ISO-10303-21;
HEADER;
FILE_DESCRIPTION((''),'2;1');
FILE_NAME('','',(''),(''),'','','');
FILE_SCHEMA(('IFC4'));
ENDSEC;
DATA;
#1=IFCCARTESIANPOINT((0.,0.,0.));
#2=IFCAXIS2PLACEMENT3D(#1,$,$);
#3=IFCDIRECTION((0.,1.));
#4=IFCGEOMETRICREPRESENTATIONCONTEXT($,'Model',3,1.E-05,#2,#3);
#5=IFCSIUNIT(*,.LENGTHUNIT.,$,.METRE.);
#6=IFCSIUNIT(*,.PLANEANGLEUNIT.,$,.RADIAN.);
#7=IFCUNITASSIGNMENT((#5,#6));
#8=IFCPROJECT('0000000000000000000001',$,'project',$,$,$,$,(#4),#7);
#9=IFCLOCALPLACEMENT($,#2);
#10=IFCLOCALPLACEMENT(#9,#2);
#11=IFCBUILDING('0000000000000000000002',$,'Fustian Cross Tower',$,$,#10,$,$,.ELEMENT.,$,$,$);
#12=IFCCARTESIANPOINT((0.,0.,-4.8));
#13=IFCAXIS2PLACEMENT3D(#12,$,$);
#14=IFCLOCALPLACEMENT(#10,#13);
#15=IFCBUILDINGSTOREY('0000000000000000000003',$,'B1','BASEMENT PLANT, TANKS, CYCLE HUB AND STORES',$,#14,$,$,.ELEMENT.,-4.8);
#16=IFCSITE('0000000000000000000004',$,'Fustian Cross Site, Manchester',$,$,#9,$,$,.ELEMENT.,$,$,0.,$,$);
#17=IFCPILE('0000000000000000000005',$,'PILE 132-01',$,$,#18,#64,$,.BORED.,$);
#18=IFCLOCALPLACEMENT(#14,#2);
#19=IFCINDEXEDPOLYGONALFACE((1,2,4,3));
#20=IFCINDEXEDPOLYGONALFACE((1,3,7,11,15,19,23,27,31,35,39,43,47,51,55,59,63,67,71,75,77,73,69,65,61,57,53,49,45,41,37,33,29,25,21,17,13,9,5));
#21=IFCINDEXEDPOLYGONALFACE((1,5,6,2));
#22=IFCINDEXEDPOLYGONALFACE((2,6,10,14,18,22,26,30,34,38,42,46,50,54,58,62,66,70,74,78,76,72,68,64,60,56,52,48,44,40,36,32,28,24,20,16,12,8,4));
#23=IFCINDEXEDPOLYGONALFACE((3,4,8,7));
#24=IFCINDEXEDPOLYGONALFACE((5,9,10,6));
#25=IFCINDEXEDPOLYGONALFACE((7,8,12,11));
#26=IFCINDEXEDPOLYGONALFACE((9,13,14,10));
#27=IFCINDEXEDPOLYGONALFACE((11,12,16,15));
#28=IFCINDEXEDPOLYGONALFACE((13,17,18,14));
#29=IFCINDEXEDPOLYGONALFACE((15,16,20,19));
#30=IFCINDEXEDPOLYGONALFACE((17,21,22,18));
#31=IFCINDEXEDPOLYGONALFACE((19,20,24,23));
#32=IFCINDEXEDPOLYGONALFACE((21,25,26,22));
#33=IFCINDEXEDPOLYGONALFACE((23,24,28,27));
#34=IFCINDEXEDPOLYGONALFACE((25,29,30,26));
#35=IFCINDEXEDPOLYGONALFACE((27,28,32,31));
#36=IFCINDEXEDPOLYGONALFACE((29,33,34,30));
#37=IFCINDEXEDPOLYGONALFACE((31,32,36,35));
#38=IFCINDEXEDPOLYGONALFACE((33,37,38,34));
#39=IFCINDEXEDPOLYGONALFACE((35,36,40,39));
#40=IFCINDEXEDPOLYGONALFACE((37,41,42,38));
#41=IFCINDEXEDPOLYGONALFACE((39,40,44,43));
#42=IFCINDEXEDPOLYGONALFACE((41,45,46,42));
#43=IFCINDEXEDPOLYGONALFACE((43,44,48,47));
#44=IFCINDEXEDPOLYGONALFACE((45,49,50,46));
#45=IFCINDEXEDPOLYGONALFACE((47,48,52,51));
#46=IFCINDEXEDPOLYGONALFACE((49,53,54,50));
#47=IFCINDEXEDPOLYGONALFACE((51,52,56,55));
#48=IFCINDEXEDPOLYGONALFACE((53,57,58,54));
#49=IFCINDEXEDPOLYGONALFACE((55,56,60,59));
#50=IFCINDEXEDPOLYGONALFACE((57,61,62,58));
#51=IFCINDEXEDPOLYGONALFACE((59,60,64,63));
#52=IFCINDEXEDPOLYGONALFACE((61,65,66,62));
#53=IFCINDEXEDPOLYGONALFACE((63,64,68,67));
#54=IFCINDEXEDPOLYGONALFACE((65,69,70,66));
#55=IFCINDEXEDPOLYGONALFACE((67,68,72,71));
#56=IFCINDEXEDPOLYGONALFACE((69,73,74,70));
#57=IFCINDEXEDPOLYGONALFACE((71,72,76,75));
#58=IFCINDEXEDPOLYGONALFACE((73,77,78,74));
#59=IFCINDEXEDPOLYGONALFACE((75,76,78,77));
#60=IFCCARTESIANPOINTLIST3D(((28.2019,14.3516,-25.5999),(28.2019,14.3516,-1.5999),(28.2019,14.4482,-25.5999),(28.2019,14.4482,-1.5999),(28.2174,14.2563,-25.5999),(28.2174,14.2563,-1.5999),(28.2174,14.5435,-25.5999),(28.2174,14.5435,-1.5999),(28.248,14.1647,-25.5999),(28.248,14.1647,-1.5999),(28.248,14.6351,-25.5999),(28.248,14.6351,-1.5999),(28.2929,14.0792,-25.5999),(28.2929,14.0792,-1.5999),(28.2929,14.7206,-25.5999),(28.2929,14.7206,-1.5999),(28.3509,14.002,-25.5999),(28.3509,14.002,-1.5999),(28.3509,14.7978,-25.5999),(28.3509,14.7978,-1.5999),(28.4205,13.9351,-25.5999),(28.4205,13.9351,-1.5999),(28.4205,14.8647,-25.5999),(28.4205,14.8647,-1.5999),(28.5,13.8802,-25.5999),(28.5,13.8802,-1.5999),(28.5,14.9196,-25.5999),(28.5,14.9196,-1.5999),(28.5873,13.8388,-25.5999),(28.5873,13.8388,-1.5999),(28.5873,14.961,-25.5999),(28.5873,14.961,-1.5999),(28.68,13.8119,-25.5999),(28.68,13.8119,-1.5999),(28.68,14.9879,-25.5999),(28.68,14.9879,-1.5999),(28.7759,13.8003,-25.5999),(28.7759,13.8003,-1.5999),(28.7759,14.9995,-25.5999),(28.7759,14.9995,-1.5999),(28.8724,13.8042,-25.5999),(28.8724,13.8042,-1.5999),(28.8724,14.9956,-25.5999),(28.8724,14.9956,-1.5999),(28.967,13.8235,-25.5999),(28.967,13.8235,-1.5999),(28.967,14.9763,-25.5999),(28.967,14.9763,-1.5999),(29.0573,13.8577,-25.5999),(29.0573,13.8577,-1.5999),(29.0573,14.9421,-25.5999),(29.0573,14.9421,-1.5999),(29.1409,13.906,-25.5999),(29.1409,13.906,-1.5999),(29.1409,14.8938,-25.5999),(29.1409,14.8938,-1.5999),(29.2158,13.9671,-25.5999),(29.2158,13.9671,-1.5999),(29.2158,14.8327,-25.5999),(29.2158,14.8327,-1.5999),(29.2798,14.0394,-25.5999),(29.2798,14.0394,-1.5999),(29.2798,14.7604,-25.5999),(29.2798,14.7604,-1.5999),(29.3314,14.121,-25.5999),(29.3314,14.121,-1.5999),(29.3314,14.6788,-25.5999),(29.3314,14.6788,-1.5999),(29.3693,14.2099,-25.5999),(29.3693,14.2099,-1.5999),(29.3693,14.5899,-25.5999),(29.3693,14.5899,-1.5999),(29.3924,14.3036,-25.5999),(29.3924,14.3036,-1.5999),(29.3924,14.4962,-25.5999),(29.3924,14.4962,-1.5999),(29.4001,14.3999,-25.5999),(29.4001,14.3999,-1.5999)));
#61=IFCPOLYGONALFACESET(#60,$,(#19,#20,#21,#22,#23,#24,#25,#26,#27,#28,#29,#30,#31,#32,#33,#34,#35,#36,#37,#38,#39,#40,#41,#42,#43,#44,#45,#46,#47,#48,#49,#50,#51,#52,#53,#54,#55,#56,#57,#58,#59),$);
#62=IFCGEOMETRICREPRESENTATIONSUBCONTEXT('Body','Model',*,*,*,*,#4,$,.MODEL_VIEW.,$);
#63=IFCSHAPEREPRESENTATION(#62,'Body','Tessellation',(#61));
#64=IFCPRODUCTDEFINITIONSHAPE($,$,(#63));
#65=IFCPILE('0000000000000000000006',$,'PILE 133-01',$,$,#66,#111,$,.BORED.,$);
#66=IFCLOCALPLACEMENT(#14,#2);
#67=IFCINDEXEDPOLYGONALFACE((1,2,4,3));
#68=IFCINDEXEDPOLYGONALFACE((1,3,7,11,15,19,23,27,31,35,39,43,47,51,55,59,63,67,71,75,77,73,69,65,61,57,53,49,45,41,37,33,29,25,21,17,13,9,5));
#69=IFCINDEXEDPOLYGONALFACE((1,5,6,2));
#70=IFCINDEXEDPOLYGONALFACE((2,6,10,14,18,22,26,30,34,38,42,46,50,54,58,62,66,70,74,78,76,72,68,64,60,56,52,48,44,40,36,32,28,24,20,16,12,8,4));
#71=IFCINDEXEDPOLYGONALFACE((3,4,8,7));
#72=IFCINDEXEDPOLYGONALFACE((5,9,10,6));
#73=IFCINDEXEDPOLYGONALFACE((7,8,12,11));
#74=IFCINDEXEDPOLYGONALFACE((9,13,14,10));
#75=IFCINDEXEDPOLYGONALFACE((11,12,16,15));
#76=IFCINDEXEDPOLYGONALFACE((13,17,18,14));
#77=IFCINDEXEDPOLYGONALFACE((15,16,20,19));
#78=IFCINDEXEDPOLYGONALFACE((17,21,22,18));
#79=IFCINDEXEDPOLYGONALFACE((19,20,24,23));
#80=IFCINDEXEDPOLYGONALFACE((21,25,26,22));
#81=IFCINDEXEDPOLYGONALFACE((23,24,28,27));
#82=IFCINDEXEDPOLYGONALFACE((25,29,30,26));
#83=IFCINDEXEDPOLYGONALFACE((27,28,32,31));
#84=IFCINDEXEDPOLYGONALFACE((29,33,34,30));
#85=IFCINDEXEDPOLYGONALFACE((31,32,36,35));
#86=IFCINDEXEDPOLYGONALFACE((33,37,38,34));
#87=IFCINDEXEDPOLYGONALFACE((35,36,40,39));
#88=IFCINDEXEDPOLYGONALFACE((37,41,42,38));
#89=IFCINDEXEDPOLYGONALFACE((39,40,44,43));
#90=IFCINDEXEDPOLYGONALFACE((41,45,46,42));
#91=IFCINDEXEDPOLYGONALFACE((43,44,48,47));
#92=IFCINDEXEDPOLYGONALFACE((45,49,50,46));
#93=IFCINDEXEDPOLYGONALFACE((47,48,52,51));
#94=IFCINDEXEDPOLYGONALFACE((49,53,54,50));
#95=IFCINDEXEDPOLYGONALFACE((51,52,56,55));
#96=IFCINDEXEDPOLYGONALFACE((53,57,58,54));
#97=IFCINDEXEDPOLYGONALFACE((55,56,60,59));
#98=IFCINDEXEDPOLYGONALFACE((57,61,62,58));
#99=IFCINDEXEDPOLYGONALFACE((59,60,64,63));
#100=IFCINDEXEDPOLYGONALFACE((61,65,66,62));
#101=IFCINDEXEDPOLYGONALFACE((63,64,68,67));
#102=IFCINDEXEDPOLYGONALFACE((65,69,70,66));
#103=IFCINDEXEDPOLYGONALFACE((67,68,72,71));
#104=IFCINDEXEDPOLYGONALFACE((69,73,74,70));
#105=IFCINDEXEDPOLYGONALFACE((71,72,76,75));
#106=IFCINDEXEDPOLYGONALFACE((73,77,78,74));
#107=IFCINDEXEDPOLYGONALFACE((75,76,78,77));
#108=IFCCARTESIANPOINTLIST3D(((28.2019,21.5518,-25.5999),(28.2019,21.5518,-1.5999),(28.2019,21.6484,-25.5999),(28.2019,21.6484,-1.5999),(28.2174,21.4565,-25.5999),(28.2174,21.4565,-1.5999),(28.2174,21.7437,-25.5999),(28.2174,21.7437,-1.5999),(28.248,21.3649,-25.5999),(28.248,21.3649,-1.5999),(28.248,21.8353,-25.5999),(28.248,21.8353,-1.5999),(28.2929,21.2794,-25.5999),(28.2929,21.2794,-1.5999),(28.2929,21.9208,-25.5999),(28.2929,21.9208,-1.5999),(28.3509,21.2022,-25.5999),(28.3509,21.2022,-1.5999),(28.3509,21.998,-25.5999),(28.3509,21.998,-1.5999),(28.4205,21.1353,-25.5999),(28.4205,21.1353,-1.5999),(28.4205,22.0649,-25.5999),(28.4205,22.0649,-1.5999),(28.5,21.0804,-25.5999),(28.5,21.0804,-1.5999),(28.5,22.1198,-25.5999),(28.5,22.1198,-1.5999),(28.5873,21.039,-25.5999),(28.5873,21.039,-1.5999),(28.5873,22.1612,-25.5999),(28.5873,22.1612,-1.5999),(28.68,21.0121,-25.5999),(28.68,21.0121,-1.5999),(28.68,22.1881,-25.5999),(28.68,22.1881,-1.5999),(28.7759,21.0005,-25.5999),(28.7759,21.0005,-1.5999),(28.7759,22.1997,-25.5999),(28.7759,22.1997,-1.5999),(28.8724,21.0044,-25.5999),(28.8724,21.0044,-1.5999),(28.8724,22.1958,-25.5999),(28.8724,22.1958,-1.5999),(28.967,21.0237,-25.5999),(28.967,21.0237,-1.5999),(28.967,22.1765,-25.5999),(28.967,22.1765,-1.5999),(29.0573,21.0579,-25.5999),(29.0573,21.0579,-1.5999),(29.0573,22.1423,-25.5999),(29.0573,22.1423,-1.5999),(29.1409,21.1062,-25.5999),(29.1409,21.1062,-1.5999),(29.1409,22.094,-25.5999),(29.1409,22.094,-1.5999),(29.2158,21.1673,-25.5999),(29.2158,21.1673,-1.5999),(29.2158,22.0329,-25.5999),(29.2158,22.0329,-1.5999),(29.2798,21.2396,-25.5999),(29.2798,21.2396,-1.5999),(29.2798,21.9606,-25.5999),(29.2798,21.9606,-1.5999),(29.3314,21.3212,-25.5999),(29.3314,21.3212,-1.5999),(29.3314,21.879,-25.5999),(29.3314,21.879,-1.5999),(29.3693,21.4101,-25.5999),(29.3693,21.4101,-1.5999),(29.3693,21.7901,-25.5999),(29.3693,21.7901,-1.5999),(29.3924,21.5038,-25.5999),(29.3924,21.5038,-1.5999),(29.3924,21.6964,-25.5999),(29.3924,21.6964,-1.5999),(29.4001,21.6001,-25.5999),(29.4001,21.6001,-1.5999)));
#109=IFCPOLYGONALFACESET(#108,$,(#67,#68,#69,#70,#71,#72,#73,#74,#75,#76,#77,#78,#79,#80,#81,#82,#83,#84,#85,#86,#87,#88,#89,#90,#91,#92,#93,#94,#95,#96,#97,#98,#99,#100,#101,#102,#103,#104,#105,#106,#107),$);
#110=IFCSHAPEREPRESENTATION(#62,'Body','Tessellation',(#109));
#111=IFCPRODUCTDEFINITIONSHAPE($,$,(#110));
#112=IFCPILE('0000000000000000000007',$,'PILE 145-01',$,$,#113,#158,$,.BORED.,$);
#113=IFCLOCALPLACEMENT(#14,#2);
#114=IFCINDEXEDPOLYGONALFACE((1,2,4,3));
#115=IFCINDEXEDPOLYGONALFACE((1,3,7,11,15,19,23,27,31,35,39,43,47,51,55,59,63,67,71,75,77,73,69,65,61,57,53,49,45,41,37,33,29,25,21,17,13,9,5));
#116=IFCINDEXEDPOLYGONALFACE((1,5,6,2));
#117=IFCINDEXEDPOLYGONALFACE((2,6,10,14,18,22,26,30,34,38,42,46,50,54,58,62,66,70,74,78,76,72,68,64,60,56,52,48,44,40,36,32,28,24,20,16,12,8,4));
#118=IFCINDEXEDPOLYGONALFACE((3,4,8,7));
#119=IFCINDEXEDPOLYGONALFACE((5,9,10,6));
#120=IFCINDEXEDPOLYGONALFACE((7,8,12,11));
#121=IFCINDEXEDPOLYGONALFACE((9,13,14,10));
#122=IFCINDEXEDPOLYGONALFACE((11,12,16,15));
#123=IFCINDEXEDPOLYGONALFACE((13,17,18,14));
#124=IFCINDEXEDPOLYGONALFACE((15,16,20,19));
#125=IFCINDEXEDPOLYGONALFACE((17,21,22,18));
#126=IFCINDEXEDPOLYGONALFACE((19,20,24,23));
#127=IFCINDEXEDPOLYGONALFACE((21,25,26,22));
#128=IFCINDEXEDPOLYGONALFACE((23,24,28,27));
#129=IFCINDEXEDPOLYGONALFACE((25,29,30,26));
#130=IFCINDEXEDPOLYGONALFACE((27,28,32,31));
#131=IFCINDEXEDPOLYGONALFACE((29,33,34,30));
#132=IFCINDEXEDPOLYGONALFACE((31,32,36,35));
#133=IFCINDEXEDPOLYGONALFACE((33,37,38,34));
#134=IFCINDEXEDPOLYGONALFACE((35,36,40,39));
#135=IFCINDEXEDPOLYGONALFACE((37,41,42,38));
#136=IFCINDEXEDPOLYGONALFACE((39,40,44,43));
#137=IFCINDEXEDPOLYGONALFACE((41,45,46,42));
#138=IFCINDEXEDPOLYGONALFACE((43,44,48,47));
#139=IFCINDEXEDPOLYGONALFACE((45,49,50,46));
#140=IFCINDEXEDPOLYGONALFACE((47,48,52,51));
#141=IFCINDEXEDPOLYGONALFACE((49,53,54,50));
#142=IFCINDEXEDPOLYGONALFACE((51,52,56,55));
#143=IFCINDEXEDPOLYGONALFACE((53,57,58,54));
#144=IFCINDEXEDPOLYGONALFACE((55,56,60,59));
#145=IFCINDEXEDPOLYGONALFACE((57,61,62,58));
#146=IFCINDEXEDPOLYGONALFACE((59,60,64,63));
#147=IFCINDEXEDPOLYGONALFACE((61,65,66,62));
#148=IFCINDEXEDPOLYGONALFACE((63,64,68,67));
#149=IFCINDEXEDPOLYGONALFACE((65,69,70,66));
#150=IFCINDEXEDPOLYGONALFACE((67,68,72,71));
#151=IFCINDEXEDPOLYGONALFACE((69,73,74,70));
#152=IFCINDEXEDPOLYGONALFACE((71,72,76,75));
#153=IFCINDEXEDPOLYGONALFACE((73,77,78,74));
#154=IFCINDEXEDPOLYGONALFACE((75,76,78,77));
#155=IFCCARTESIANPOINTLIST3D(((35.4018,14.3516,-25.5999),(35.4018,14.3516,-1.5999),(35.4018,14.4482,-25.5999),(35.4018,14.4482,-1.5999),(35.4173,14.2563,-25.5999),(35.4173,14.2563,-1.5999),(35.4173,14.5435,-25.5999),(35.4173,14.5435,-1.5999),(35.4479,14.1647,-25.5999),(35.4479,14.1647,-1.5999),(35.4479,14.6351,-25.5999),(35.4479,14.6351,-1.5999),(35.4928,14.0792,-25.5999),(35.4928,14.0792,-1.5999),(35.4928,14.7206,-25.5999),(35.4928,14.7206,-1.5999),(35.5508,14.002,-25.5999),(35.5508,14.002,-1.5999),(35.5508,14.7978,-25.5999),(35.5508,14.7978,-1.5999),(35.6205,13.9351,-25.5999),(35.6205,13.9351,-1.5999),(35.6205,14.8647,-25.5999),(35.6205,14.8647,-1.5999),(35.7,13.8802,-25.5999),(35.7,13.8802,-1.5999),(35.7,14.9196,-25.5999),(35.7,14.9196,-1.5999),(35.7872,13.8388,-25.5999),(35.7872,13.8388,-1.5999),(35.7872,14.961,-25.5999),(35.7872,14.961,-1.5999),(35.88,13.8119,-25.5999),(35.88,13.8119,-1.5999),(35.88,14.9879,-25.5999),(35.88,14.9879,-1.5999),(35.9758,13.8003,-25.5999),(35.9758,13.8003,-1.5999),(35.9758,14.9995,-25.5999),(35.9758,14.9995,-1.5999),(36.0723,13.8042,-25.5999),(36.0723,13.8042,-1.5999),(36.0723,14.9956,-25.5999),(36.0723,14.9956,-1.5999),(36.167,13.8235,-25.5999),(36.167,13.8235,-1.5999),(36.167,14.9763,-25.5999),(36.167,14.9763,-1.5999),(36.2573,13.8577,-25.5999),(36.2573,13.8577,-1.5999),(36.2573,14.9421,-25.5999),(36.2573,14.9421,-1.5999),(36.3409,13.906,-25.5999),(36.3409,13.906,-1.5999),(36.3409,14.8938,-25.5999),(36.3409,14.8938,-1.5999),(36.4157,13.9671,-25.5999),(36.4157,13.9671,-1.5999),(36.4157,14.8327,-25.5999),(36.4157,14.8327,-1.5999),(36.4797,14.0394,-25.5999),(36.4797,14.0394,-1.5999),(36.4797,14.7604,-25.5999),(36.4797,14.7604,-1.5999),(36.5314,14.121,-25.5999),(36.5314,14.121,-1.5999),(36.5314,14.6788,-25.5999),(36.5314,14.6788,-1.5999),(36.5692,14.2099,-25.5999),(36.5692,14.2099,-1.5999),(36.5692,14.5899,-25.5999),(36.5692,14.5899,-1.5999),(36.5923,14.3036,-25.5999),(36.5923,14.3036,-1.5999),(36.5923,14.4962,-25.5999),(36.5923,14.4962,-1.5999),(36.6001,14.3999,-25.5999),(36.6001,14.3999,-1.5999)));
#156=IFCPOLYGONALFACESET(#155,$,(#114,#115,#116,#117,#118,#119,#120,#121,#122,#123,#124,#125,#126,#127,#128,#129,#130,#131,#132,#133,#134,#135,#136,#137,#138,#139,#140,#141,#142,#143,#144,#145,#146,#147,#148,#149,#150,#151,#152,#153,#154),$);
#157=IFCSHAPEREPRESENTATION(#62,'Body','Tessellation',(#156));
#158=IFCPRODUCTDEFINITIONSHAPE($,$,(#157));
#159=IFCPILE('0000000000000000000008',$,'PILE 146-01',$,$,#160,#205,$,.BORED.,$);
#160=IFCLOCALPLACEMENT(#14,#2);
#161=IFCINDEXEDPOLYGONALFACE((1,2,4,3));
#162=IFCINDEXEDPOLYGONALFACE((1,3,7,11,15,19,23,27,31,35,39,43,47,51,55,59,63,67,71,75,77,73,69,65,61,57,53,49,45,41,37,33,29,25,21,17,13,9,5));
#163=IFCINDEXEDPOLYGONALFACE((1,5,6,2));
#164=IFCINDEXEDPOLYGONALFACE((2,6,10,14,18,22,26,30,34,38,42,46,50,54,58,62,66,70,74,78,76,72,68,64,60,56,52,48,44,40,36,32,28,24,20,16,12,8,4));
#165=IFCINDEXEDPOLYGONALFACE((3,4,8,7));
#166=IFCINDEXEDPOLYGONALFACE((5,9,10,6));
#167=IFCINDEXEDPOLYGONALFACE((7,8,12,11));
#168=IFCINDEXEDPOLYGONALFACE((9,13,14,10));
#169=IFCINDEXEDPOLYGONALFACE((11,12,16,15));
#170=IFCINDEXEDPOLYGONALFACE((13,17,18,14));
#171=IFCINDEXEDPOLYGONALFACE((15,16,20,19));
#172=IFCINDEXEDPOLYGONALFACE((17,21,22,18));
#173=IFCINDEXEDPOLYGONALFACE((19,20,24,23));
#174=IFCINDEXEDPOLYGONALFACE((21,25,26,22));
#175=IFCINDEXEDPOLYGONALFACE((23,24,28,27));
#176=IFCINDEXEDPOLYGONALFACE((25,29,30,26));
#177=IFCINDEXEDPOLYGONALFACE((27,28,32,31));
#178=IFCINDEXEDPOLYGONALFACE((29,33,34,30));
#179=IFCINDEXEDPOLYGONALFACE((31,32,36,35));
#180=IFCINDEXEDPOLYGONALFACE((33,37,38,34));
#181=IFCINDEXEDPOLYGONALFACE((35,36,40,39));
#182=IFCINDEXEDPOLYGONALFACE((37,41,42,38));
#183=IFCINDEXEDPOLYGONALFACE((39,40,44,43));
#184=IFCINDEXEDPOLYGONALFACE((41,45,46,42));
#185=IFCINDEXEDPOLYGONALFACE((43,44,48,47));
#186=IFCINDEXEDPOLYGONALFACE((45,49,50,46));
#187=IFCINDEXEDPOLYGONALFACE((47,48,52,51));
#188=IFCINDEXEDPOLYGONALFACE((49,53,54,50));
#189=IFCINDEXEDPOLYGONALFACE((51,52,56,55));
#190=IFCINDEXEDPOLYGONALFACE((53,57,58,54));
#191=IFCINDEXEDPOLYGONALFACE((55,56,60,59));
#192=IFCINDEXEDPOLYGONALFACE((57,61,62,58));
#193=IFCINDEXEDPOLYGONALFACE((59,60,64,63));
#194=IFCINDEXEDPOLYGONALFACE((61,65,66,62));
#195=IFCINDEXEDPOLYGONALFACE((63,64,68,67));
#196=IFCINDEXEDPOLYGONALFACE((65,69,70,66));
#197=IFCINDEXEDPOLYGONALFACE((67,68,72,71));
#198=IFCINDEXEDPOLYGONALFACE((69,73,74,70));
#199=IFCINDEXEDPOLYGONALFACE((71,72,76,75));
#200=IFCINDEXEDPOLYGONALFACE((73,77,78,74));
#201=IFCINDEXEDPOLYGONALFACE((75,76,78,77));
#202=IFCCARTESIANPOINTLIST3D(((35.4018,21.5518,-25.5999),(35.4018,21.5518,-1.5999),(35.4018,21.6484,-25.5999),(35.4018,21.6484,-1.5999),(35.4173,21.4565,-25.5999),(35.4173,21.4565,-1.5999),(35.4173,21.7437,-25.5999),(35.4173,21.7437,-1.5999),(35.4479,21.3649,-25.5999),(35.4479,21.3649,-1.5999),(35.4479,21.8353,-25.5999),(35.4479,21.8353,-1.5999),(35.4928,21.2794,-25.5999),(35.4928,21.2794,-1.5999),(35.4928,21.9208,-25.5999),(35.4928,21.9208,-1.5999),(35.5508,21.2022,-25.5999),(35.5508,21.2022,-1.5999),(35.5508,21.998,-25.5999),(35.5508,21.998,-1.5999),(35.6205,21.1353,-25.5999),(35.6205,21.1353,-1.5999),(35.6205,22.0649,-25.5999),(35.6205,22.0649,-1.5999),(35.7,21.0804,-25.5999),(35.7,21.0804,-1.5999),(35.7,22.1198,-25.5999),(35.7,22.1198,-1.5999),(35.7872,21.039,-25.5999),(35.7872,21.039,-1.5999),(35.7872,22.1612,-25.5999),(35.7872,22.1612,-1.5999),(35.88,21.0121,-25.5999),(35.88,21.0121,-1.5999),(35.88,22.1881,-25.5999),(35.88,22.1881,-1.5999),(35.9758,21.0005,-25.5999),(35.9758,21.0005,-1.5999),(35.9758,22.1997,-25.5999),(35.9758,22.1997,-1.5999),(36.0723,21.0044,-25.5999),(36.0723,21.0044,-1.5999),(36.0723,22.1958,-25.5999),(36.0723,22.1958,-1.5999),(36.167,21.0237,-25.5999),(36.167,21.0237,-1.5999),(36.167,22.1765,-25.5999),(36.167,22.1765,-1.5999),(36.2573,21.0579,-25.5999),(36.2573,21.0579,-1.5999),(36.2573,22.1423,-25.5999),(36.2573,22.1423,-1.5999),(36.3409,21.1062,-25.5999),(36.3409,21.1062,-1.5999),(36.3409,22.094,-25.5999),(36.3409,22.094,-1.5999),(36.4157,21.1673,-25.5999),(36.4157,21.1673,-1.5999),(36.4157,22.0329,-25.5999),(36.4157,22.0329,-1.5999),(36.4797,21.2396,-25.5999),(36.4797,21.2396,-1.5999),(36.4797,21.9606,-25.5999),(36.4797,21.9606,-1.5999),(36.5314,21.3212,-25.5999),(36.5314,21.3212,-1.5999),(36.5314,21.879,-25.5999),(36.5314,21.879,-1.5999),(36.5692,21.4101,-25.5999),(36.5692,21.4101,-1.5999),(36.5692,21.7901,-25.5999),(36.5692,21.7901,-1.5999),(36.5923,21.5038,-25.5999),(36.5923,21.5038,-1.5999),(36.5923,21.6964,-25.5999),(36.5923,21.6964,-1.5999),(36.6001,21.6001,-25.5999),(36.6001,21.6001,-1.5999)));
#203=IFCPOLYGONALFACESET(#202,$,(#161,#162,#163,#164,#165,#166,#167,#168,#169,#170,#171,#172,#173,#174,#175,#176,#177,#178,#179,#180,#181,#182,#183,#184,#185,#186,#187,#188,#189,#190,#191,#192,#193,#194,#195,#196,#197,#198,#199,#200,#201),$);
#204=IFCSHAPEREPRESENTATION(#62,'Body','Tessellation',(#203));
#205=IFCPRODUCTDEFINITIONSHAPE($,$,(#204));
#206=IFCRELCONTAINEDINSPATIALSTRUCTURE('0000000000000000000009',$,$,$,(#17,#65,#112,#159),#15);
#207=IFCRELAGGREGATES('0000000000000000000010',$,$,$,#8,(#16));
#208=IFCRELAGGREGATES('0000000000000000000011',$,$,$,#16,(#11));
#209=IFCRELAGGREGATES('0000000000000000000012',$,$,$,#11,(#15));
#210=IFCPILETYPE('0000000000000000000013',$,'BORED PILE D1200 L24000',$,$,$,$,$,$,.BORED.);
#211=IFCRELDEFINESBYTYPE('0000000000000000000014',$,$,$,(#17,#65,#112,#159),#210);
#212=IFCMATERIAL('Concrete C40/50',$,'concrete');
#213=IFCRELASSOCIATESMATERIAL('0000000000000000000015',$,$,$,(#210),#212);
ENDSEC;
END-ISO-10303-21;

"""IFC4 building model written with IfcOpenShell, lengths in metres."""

from ifc_helpers import new_model, si_unit, direction, frame, origin, origin_2d, place, context, subcontext, project, spatial, circle, extrude, material, material_profile, profile_set, type_object, element, save


model = new_model("IFC4")

# Units and contexts
model_context = context("Model", 3, precision=1e-05, world=origin(), true_north=direction((0.0, 1.0)))
body_context = subcontext(model_context, "Body", "Model", "MODEL_VIEW")
ifc_project = project(units=[si_unit("LENGTHUNIT", "METRE"), si_unit("PLANEANGLEUNIT", "RADIAN")], contexts=[model_context])

# Site, building, storey
site_placement = place(None, origin())
site = spatial("IfcSite", under=ifc_project, at=site_placement, Name="Fustian Cross Site, Manchester", CompositionType="ELEMENT", RefElevation=0.0)
building_placement = place(site_placement, origin())
building = spatial("IfcBuilding", under=site, at=building_placement, Name="Fustian Cross Tower", CompositionType="ELEMENT")
storey_placement = place(building_placement, frame((0.0, 0.0, -4.8)))
storey = spatial("IfcBuildingStorey", under=building, at=storey_placement, Name="B1", Description="BASEMENT PLANT, TANKS, CYCLE HUB AND STORES", CompositionType="ELEMENT", Elevation=-4.8)

# Piles
ifc_material_1 = material(Name="Concrete C40/50", Category="concrete")
ifc_material_profile_1 = material_profile(ifc_material_1, circle(Radius=0.6001, at=origin_2d()), Name="BORED PILE D1200 L24000")
ifc_profile_set_1 = profile_set([ifc_material_profile_1], Name="Concrete C40/50")
pile_type_1 = type_object("IfcPileType", Name="BORED PILE D1200 L24000", PredefinedType="BORED", material=ifc_profile_set_1)
for number, where, z_axis, x_axis, name in (
    (1, (28.8, 14.3999, -1.5999), (0.0, 0.0, -1.0), (1.0, 0.0, 0.0), "PILE 132-01"),
    (2, (28.8, 21.6001, -1.5999), (0.0, 0.0, -1.0), (1.0, 0.0, 0.0), "PILE 133-01"),
    (3, (36.0, 14.3999, -1.5999), (0.0, 0.0, -1.0), (1.0, 0.0, 0.0), "PILE 145-01"),
    (4, (36.0, 21.6001, -1.5999), (0.0, 0.0, -1.0), (1.0, 0.0, 0.0), "PILE 146-01"),
):
    element("IfcPile", number, at=place(storey_placement, frame(where, z_axis=z_axis, x_axis=x_axis)), inside=storey, type_object=pile_type_1, Name=name, PredefinedType="BORED", context=body_context, shape_type="SweptSolid", body=[
        extrude(circle(Radius=0.6001, at=origin_2d()), origin(), (0.0, 0.0, 1.0), 24.0),
    ])

save(model, "model.ifc")
